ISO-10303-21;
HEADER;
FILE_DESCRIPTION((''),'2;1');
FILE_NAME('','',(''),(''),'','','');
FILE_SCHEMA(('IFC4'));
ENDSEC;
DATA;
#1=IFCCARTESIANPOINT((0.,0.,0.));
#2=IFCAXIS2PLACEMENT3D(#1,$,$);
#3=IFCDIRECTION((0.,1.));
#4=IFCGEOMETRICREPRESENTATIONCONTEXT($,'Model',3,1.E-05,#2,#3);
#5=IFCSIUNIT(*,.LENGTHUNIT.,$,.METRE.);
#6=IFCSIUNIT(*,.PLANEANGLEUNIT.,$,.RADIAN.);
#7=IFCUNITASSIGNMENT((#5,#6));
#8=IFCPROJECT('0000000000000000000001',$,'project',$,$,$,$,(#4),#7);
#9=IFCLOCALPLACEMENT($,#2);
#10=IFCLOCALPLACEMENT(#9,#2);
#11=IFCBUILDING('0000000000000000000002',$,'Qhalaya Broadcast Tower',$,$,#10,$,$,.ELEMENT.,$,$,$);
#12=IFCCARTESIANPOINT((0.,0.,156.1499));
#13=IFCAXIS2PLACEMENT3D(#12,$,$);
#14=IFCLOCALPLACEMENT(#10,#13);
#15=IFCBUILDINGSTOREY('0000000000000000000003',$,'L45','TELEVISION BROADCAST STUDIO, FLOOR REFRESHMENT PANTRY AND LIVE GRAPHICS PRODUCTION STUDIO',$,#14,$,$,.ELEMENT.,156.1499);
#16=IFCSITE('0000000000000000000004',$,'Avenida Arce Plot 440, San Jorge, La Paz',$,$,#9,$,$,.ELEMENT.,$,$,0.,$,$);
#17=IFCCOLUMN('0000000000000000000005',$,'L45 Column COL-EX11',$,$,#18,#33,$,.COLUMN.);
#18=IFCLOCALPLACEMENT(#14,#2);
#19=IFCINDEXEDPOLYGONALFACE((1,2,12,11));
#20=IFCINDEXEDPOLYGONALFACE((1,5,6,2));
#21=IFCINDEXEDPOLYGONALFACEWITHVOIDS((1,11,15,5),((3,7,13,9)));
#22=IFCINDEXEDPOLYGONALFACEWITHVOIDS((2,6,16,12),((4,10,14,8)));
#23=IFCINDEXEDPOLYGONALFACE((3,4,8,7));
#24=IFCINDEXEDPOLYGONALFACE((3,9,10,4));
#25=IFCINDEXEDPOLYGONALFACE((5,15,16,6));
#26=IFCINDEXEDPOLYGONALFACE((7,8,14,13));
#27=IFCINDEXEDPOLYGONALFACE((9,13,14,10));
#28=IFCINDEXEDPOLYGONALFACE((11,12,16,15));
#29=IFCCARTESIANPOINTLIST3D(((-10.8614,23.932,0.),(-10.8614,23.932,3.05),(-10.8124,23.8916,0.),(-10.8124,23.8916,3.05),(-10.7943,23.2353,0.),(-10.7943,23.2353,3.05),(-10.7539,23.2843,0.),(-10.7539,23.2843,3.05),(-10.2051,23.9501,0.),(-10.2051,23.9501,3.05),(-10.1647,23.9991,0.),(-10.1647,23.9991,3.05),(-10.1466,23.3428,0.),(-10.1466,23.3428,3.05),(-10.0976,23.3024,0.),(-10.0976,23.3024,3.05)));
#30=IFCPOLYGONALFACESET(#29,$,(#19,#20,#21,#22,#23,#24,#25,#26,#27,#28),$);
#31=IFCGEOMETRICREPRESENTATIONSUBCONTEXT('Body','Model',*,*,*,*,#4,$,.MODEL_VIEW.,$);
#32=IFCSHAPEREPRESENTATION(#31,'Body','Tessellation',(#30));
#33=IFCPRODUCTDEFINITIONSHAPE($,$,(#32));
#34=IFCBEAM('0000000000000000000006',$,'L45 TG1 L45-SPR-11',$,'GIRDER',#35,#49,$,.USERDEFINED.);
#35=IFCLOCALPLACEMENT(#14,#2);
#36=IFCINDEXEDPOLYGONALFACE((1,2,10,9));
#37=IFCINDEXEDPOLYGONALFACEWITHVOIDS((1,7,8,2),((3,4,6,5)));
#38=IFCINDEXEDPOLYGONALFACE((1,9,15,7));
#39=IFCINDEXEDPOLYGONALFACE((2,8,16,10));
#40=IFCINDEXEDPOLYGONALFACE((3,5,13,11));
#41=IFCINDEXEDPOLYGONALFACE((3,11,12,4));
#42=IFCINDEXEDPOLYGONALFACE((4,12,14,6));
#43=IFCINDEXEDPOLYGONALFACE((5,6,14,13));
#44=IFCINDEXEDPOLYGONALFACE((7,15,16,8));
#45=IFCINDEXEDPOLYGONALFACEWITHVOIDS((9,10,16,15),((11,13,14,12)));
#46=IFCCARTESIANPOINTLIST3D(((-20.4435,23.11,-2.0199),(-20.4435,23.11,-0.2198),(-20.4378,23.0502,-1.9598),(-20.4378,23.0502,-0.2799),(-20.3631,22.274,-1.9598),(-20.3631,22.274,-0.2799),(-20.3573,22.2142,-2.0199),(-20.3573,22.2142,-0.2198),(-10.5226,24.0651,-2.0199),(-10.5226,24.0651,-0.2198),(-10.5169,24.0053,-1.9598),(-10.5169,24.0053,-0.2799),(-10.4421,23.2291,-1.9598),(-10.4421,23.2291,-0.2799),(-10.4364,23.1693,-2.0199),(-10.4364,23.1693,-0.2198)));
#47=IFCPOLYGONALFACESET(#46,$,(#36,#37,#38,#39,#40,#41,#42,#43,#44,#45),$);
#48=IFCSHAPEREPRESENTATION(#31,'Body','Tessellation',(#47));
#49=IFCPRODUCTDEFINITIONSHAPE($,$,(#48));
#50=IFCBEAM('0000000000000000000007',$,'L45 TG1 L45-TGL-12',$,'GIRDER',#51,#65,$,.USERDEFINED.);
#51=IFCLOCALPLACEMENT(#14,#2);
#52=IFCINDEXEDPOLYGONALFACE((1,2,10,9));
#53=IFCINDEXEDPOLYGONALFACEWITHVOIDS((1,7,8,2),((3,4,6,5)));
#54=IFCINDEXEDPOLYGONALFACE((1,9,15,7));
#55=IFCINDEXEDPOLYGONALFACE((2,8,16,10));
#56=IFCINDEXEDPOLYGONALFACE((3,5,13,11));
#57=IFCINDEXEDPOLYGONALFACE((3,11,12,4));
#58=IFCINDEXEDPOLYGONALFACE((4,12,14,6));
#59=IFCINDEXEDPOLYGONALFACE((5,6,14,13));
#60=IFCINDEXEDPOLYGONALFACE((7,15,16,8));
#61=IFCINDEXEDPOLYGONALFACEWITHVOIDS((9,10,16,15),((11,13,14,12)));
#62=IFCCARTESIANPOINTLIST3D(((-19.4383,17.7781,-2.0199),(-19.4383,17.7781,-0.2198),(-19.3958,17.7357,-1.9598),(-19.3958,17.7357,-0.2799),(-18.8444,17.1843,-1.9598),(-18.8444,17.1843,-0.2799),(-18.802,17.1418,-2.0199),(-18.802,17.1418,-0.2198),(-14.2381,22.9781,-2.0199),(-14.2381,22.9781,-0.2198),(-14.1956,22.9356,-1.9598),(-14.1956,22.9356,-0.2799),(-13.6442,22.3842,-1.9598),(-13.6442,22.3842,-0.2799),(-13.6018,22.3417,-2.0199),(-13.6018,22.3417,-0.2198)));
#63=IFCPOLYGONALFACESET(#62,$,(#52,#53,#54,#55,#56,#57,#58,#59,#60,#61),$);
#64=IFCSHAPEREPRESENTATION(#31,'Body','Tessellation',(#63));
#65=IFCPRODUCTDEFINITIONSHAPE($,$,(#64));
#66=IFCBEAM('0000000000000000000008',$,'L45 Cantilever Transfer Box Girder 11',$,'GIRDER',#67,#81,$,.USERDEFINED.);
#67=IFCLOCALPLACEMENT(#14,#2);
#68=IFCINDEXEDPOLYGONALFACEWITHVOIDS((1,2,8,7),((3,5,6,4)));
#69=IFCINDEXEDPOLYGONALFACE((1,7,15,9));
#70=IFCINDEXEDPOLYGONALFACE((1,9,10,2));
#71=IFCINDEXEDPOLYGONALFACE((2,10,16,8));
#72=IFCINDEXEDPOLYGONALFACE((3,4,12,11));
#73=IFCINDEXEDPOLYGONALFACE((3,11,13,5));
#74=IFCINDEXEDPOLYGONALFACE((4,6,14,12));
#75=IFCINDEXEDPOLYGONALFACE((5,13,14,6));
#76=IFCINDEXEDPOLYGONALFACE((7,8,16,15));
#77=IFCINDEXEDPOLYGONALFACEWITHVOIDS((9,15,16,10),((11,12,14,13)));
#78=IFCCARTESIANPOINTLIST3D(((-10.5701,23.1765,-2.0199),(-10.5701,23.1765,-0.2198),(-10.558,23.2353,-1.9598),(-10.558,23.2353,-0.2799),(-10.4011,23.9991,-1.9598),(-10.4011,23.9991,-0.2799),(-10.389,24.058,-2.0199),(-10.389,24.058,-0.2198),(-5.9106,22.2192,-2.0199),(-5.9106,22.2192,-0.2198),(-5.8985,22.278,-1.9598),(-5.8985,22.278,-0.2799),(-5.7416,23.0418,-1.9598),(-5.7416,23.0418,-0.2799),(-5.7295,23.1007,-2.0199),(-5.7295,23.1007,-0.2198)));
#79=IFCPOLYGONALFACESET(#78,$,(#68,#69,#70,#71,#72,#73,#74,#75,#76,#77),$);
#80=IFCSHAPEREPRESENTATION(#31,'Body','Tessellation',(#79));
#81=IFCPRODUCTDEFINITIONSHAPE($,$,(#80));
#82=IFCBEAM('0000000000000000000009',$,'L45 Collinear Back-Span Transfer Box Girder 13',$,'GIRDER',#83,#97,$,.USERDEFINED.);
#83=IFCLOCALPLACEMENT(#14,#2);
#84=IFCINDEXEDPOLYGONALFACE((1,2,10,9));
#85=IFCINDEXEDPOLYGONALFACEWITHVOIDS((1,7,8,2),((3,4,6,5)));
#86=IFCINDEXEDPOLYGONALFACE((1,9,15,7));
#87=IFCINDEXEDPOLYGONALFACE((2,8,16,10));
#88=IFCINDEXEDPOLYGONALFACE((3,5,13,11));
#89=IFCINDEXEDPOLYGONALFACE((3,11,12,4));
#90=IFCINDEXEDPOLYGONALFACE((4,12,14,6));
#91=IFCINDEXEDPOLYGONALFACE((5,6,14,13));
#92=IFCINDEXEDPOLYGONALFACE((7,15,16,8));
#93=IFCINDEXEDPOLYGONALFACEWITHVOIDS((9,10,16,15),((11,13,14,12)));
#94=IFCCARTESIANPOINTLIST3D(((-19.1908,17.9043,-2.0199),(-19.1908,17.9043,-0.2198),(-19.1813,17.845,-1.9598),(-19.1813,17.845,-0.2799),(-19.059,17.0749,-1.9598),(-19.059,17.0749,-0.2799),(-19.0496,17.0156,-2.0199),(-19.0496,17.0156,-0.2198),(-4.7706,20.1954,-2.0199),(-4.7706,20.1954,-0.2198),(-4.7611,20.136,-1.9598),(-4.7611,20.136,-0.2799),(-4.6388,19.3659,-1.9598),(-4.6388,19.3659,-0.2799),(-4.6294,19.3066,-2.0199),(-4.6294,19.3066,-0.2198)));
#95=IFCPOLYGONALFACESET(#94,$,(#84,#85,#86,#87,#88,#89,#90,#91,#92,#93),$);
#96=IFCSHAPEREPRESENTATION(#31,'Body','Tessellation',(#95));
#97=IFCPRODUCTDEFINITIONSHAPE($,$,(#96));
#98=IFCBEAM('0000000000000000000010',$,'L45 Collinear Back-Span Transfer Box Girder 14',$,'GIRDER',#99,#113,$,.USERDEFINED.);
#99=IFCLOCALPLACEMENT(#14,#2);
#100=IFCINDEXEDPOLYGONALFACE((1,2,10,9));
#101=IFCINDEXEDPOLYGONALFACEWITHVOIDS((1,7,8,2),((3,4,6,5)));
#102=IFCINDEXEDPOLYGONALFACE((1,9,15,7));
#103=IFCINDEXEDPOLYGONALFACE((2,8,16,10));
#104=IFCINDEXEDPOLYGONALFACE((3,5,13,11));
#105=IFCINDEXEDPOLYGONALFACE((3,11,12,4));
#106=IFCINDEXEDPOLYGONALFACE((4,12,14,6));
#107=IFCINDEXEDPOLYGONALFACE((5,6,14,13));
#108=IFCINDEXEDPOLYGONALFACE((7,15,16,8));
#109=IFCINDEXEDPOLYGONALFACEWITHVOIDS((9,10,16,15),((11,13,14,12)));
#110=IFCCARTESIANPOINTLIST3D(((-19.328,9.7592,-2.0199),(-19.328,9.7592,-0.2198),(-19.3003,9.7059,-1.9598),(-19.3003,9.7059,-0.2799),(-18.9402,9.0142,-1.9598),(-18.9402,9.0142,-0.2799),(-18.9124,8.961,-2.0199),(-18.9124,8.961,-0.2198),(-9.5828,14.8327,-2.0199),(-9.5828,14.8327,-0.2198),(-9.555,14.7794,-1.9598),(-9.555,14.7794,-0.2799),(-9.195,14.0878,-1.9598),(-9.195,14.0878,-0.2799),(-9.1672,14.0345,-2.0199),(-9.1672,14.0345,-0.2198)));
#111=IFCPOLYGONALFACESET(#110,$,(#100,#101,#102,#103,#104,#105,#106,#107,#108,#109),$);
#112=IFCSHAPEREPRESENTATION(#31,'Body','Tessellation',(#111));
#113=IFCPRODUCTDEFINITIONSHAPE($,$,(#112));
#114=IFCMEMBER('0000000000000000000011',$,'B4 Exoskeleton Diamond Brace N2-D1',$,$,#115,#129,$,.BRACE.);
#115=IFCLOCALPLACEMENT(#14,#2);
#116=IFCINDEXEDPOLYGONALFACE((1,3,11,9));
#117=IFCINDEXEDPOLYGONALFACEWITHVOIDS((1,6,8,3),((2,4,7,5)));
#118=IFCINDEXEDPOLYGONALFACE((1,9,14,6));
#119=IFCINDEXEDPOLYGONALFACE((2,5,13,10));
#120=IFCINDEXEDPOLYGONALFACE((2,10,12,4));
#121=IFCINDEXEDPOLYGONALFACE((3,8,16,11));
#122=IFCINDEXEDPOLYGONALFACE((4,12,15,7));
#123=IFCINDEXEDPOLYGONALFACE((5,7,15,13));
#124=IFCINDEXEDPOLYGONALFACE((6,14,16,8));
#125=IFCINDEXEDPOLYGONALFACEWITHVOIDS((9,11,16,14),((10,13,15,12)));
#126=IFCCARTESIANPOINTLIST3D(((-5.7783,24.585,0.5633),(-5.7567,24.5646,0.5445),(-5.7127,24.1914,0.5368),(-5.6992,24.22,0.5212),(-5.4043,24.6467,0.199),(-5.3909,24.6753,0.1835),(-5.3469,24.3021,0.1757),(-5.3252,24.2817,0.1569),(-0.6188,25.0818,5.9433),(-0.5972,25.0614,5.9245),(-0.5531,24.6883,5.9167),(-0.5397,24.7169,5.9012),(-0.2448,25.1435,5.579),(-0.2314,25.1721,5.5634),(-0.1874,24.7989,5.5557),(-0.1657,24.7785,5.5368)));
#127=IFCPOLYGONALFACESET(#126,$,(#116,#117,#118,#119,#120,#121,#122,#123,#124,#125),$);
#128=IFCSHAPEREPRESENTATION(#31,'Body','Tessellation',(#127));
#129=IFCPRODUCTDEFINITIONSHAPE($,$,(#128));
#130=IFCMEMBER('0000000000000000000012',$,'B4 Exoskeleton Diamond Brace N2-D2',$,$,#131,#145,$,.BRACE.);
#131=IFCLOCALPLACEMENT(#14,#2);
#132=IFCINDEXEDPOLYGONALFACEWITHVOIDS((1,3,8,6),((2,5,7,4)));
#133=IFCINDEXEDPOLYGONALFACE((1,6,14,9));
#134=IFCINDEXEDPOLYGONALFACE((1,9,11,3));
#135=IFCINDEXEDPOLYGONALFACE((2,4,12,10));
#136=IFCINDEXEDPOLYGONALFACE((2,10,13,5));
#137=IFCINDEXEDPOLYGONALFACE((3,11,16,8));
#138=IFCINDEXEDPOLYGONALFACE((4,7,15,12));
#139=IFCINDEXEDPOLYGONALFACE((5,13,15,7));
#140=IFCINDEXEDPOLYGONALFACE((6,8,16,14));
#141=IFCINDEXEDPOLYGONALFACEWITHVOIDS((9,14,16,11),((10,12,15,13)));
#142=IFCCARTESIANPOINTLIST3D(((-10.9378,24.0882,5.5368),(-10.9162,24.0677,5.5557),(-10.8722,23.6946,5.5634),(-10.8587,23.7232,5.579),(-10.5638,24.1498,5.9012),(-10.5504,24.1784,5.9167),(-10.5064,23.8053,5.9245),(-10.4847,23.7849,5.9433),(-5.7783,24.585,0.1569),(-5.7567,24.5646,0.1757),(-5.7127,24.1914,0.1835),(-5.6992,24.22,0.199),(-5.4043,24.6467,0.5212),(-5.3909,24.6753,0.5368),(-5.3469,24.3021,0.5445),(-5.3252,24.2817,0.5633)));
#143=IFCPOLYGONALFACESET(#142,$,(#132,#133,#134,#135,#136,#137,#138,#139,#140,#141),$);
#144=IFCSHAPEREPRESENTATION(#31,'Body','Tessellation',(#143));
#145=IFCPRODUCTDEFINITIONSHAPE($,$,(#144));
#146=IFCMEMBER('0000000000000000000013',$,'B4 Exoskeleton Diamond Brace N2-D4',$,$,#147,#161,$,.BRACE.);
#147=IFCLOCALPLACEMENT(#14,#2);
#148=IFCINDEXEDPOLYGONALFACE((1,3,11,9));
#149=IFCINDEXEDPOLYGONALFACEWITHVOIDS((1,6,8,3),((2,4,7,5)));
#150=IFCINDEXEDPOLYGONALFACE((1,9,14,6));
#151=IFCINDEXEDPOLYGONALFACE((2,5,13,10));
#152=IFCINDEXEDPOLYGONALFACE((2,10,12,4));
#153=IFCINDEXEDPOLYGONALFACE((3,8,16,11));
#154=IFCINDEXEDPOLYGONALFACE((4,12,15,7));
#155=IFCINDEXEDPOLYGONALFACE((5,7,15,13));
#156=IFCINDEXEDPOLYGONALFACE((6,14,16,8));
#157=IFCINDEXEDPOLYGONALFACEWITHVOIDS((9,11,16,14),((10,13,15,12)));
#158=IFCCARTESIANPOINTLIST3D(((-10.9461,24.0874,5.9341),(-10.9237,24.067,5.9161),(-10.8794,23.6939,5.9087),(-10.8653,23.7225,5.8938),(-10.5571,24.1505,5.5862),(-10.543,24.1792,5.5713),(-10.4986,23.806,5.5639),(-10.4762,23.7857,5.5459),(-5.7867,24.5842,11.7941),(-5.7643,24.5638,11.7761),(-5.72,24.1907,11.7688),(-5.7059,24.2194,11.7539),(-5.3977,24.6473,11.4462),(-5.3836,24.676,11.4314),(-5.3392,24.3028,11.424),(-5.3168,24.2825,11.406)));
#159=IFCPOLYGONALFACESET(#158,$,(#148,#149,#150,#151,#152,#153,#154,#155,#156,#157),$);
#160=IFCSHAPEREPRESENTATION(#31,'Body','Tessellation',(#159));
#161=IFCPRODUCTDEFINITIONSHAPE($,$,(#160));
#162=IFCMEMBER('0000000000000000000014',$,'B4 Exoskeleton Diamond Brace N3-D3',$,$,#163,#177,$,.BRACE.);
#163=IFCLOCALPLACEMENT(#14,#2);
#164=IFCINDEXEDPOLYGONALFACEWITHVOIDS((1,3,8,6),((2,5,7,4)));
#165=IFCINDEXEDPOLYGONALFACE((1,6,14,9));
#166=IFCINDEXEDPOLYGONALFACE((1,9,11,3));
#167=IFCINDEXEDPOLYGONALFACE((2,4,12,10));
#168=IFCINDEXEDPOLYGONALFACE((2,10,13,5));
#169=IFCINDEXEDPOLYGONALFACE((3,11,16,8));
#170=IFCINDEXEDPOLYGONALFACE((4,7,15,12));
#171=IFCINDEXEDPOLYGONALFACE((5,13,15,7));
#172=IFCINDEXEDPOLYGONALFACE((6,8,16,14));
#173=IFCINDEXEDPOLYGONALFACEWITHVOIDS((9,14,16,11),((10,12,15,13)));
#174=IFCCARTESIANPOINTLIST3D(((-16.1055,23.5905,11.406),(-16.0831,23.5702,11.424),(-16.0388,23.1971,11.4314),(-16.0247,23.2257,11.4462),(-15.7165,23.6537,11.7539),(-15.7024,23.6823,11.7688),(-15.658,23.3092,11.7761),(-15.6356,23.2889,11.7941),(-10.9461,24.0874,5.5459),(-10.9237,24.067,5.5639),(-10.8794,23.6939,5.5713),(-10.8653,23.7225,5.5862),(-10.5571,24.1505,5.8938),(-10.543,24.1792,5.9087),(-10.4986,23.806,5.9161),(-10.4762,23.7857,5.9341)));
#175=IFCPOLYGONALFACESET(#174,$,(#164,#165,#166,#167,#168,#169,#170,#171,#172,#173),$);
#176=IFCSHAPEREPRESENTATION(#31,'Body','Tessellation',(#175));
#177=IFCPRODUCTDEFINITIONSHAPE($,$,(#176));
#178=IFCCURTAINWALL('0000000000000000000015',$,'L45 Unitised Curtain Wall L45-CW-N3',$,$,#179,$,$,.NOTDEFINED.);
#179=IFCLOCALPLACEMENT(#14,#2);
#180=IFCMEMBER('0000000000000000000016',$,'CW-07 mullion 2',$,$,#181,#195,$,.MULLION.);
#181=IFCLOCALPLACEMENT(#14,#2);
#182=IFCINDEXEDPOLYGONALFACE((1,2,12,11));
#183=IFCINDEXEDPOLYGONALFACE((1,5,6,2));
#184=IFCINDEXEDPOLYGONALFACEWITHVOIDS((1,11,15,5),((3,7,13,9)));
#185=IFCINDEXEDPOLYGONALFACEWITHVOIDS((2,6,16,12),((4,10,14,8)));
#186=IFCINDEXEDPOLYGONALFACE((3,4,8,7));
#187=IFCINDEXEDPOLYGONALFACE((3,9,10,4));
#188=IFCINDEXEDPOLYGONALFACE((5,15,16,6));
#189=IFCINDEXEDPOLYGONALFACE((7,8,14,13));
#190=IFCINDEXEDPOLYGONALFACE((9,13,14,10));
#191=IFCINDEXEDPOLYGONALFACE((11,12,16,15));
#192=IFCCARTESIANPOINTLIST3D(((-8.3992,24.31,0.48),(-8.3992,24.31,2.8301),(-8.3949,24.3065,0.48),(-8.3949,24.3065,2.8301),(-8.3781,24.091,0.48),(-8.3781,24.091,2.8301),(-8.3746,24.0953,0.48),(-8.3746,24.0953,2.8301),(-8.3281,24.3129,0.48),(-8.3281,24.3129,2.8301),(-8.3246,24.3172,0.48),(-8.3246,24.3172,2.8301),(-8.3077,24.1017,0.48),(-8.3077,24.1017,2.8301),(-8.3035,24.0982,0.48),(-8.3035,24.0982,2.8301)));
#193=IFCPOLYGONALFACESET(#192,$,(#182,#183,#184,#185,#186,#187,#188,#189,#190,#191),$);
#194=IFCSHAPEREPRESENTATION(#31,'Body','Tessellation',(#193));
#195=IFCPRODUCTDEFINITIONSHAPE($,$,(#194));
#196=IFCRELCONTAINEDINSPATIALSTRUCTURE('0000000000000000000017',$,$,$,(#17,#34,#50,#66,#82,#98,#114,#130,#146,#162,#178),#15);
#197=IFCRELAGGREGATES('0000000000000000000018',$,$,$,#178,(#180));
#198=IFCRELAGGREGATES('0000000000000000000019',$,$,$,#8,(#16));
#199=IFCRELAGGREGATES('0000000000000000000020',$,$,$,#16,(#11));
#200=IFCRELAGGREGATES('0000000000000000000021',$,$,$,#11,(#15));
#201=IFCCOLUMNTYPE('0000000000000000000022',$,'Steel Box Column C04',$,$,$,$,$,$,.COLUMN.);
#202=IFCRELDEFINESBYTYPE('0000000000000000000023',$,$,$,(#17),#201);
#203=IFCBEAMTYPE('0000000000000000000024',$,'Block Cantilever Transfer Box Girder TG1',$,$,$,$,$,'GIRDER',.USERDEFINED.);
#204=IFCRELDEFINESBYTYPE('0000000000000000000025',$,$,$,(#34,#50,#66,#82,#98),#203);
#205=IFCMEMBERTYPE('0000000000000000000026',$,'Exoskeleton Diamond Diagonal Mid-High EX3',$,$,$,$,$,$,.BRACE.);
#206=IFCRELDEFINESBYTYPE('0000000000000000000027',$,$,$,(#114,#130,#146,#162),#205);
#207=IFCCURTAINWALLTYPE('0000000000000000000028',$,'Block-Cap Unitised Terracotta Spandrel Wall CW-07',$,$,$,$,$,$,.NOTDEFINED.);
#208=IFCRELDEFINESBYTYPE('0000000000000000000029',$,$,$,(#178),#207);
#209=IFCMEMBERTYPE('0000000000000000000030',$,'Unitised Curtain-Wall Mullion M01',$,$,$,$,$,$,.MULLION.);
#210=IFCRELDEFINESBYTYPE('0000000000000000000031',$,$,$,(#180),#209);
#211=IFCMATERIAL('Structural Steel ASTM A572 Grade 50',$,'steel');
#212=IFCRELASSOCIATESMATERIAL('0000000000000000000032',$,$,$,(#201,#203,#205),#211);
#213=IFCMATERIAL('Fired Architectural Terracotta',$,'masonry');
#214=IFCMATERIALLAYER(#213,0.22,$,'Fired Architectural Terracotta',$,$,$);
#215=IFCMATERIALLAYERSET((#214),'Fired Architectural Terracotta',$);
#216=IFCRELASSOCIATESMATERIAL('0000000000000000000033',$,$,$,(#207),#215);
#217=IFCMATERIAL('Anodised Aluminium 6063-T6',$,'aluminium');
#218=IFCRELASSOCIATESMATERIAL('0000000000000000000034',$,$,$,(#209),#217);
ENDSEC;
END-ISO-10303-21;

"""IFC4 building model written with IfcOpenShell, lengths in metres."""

from ifc_helpers import new_model, si_unit, direction, frame, origin, origin_2d, place, context, subcontext, project, spatial, hollow_rectangle, extrude, material, layer, layer_set, material_profile, profile_set, type_object, element, aggregate, save


model = new_model("IFC4")

# Units and contexts
model_context = context("Model", 3, precision=1e-05, world=origin(), true_north=direction((0.0, 1.0)))
body_context = subcontext(model_context, "Body", "Model", "MODEL_VIEW")
ifc_project = project(units=[si_unit("LENGTHUNIT", "METRE"), si_unit("PLANEANGLEUNIT", "RADIAN")], contexts=[model_context])

# Site, building, storey
site_placement = place(None, origin())
site = spatial("IfcSite", under=ifc_project, at=site_placement, Name="Avenida Arce Plot 440, San Jorge, La Paz", CompositionType="ELEMENT", RefElevation=0.0)
building_placement = place(site_placement, origin())
building = spatial("IfcBuilding", under=site, at=building_placement, Name="Qhalaya Broadcast Tower", CompositionType="ELEMENT")
storey_placement = place(building_placement, frame((0.0, 0.0, 156.1499)))
storey = spatial("IfcBuildingStorey", under=building, at=storey_placement, Name="L45", Description="TELEVISION BROADCAST STUDIO, FLOOR REFRESHMENT PANTRY AND LIVE GRAPHICS PRODUCTION STUDIO", CompositionType="ELEMENT", Elevation=156.1499)

# Column
ifc_material_1 = material(Name="Structural Steel ASTM A572 Grade 50", Category="steel")
ifc_material_profile_1 = material_profile(ifc_material_1, hollow_rectangle(XDim=0.7, YDim=0.7, WallThickness=0.0449, at=origin_2d()), Name="BOX 700x700x45")
ifc_profile_set_1 = profile_set([ifc_material_profile_1], Name="Structural Steel ASTM A572 Grade 50")
column_type = type_object("IfcColumnType", Name="Steel Box Column C04", PredefinedType="COLUMN", material=ifc_profile_set_1)
column_placement = place(storey_placement, frame((-10.4795, 23.6172, 0.0), z_axis=(0.0, 0.0, 1.0), x_axis=(0.995396, 0.095846, 0.0)))
element("IfcColumn", 1, at=column_placement, inside=storey, type_object=column_type, Name="L45 Column COL-EX11", PredefinedType="COLUMN", context=body_context, shape_type="SweptSolid", body=[
    extrude(hollow_rectangle(XDim=0.7, YDim=0.7, WallThickness=0.0449, at=origin_2d()), origin(), (0.0, 0.0, 1.0), 3.05),
])

# Beams
ifc_material_profile_2 = material_profile(ifc_material_1, hollow_rectangle(XDim=0.8999, YDim=1.8, WallThickness=0.0601, at=origin_2d()), Name="BOX 900x1800x60")
ifc_profile_set_2 = profile_set([ifc_material_profile_2], Name="Structural Steel ASTM A572 Grade 50")
beam_type = type_object("IfcBeamType", Name="Block Cantilever Transfer Box Girder TG1", ElementType="GIRDER", PredefinedType="USERDEFINED", material=ifc_profile_set_2)
beam_1_placement = place(storey_placement, frame((-10.4795, 23.6172, -1.1199), z_axis=(-0.995398, -0.095826, 0.0), x_axis=(0.095826, -0.995398, 0.0)))
element("IfcBeam", 2, at=beam_1_placement, inside=storey, type_object=beam_type, Name="L45 TG1 L45-SPR-11", ObjectType="GIRDER", PredefinedType="USERDEFINED", context=body_context, shape_type="SweptSolid", body=[
    extrude(hollow_rectangle(XDim=0.8999, YDim=1.8, WallThickness=0.0601, at=origin_2d()), origin(), (0.0, 0.0, 1.0), 9.9668),
])
beam_2_placement = place(storey_placement, frame((-13.9199, 22.6599, -1.1199), z_axis=(-0.707123, -0.70709, 0.0), x_axis=(0.70709, -0.707123, 0.0)))
element("IfcBeam", 3, at=beam_2_placement, inside=storey, type_object=beam_type, Name="L45 TG1 L45-TGL-12", ObjectType="GIRDER", PredefinedType="USERDEFINED", context=body_context, shape_type="SweptSolid", body=[
    extrude(hollow_rectangle(XDim=0.8999, YDim=1.8, WallThickness=0.0601, at=origin_2d()), origin(), (0.0, 0.0, 1.0), 7.354),
])
beam_3_placement = place(storey_placement, frame((-5.8201, 22.6599, -1.1199), z_axis=(-0.979541, 0.201246, 0.0), x_axis=(-0.201246, -0.979541, 0.0)))
element("IfcBeam", 4, at=beam_3_placement, inside=storey, type_object=beam_type, Name="L45 Cantilever Transfer Box Girder 11", ObjectType="GIRDER", PredefinedType="USERDEFINED", context=body_context, shape_type="SweptSolid", body=[
    extrude(hollow_rectangle(XDim=0.8999, YDim=1.8, WallThickness=0.0601, at=origin_2d()), origin(), (0.0, 0.0, 1.0), 4.7568),
])
beam_4_placement = place(storey_placement, frame((-4.7, 19.751, -1.1199), z_axis=(-0.987613, -0.156908, 0.0), x_axis=(0.156908, -0.987613, 0.0)))
element("IfcBeam", 5, at=beam_4_placement, inside=storey, type_object=beam_type, Name="L45 Collinear Back-Span Transfer Box Girder 13", ObjectType="GIRDER", PredefinedType="USERDEFINED", context=body_context, shape_type="SweptSolid", body=[
    extrude(hollow_rectangle(XDim=0.8999, YDim=1.8, WallThickness=0.0601, at=origin_2d()), origin(), (0.0, 0.0, 1.0), 14.6011),
])
beam_5_placement = place(storey_placement, frame((-9.375, 14.4336, -1.1199), z_axis=(-0.886992, -0.461784, 0.0), x_axis=(0.461784, -0.886992, 0.0)))
element("IfcBeam", 6, at=beam_5_placement, inside=storey, type_object=beam_type, Name="L45 Collinear Back-Span Transfer Box Girder 14", ObjectType="GIRDER", PredefinedType="USERDEFINED", context=body_context, shape_type="SweptSolid", body=[
    extrude(hollow_rectangle(XDim=0.8999, YDim=1.8, WallThickness=0.0601, at=origin_2d()), origin(), (0.0, 0.0, 1.0), 10.9868),
])

# Members
ifc_material_profile_3 = material_profile(ifc_material_1, hollow_rectangle(XDim=0.3999, YDim=0.55, WallThickness=0.0249, at=origin_2d()), Name="BOX 400x550x25")
ifc_profile_set_3 = profile_set([ifc_material_profile_3], Name="Structural Steel ASTM A572 Grade 50")
member_type_1 = type_object("IfcMemberType", Name="Exoskeleton Diamond Diagonal Mid-High EX3", PredefinedType="BRACE", material=ifc_profile_set_3)
for number, where, z_axis, x_axis, name in (
    (7, (-5.5518, 24.4333, 0.3601), (0.690632, 0.066504, 0.720142), (-0.164115, 0.984197, 0.0665), "B4 Exoskeleton Diamond Brace N2-D1"),
    (8, (-5.5518, 24.4333, 0.3601), (-0.690632, -0.066504, 0.720142), (0.164115, -0.984197, 0.0665), "B4 Exoskeleton Diamond Brace N2-D2"),
):
    element("IfcMember", number, at=place(storey_placement, frame(where, z_axis=z_axis, x_axis=x_axis)), inside=storey, type_object=member_type_1, Name=name, PredefinedType="BRACE", context=body_context, shape_type="SweptSolid", body=[
        extrude(hollow_rectangle(XDim=0.3999, YDim=0.55, WallThickness=0.0249, at=origin_2d()), origin(), (0.0, 0.0, 1.0), 7.4707),
    ])
for number, where, z_axis, x_axis, name in (
    (9, (-10.7112, 23.9365, 5.74), (0.659477, 0.063504, 0.749038), (-0.166872, 0.983932, 0.0635), "B4 Exoskeleton Diamond Brace N2-D4"),
    (10, (-10.7112, 23.9365, 5.74), (-0.659477, -0.063504, 0.749038), (0.166872, -0.983932, 0.0635), "B4 Exoskeleton Diamond Brace N3-D3"),
):
    element("IfcMember", number, at=place(storey_placement, frame(where, z_axis=z_axis, x_axis=x_axis)), inside=storey, type_object=member_type_1, Name=name, PredefinedType="BRACE", context=body_context, shape_type="SweptSolid", body=[
        extrude(hollow_rectangle(XDim=0.3999, YDim=0.55, WallThickness=0.0249, at=origin_2d()), origin(), (0.0, 0.0, 1.0), 7.8235),
    ])

# Curtain wall, member
ifc_material_2 = material(Name="Fired Architectural Terracotta", Category="masonry")
ifc_layer_1 = layer(ifc_material_2, 0.22, Name="Fired Architectural Terracotta")
ifc_layer_set_1 = layer_set([ifc_layer_1], Name="Fired Architectural Terracotta")
curtain_wall_type_1 = type_object("IfcCurtainWallType", Name="Block-Cap Unitised Terracotta Spandrel Wall CW-07", PredefinedType="NOTDEFINED", material=ifc_layer_set_1)
curtain_wall_1_placement = place(storey_placement, origin())
curtain_wall_1 = element("IfcCurtainWall", 11, at=curtain_wall_1_placement, inside=storey, type_object=curtain_wall_type_1, Name="L45 Unitised Curtain Wall L45-CW-N3", PredefinedType="NOTDEFINED")
ifc_material_3 = material(Name="Anodised Aluminium 6063-T6", Category="aluminium")
ifc_material_profile_4 = material_profile(ifc_material_3, hollow_rectangle(XDim=0.075, YDim=0.22, WallThickness=0.0039, at=origin_2d()), Name="ALU-MUL 75x220x4")
ifc_profile_set_4 = profile_set([ifc_material_profile_4], Name="Anodised Aluminium 6063-T6")
member_type_2 = type_object("IfcMemberType", Name="Unitised Curtain-Wall Mullion M01", PredefinedType="MULLION", material=ifc_profile_set_4)
member_1_placement = place(storey_placement, frame((-8.3513, 24.2041, 0.48), z_axis=(0.0, 0.0, 1.0), x_axis=(-0.995395, -0.095854, 0.0)))
member_1 = element("IfcMember", 12, at=member_1_placement, type_object=member_type_2, Name="CW-07 mullion 2", PredefinedType="MULLION", context=body_context, shape_type="SweptSolid", body=[
    extrude(hollow_rectangle(XDim=0.075, YDim=0.22, WallThickness=0.0039, at=origin_2d()), origin(), (0.0, 0.0, 1.0), 2.3501),
])

aggregate(curtain_wall_1, [member_1])

save(model, "model.ifc")
